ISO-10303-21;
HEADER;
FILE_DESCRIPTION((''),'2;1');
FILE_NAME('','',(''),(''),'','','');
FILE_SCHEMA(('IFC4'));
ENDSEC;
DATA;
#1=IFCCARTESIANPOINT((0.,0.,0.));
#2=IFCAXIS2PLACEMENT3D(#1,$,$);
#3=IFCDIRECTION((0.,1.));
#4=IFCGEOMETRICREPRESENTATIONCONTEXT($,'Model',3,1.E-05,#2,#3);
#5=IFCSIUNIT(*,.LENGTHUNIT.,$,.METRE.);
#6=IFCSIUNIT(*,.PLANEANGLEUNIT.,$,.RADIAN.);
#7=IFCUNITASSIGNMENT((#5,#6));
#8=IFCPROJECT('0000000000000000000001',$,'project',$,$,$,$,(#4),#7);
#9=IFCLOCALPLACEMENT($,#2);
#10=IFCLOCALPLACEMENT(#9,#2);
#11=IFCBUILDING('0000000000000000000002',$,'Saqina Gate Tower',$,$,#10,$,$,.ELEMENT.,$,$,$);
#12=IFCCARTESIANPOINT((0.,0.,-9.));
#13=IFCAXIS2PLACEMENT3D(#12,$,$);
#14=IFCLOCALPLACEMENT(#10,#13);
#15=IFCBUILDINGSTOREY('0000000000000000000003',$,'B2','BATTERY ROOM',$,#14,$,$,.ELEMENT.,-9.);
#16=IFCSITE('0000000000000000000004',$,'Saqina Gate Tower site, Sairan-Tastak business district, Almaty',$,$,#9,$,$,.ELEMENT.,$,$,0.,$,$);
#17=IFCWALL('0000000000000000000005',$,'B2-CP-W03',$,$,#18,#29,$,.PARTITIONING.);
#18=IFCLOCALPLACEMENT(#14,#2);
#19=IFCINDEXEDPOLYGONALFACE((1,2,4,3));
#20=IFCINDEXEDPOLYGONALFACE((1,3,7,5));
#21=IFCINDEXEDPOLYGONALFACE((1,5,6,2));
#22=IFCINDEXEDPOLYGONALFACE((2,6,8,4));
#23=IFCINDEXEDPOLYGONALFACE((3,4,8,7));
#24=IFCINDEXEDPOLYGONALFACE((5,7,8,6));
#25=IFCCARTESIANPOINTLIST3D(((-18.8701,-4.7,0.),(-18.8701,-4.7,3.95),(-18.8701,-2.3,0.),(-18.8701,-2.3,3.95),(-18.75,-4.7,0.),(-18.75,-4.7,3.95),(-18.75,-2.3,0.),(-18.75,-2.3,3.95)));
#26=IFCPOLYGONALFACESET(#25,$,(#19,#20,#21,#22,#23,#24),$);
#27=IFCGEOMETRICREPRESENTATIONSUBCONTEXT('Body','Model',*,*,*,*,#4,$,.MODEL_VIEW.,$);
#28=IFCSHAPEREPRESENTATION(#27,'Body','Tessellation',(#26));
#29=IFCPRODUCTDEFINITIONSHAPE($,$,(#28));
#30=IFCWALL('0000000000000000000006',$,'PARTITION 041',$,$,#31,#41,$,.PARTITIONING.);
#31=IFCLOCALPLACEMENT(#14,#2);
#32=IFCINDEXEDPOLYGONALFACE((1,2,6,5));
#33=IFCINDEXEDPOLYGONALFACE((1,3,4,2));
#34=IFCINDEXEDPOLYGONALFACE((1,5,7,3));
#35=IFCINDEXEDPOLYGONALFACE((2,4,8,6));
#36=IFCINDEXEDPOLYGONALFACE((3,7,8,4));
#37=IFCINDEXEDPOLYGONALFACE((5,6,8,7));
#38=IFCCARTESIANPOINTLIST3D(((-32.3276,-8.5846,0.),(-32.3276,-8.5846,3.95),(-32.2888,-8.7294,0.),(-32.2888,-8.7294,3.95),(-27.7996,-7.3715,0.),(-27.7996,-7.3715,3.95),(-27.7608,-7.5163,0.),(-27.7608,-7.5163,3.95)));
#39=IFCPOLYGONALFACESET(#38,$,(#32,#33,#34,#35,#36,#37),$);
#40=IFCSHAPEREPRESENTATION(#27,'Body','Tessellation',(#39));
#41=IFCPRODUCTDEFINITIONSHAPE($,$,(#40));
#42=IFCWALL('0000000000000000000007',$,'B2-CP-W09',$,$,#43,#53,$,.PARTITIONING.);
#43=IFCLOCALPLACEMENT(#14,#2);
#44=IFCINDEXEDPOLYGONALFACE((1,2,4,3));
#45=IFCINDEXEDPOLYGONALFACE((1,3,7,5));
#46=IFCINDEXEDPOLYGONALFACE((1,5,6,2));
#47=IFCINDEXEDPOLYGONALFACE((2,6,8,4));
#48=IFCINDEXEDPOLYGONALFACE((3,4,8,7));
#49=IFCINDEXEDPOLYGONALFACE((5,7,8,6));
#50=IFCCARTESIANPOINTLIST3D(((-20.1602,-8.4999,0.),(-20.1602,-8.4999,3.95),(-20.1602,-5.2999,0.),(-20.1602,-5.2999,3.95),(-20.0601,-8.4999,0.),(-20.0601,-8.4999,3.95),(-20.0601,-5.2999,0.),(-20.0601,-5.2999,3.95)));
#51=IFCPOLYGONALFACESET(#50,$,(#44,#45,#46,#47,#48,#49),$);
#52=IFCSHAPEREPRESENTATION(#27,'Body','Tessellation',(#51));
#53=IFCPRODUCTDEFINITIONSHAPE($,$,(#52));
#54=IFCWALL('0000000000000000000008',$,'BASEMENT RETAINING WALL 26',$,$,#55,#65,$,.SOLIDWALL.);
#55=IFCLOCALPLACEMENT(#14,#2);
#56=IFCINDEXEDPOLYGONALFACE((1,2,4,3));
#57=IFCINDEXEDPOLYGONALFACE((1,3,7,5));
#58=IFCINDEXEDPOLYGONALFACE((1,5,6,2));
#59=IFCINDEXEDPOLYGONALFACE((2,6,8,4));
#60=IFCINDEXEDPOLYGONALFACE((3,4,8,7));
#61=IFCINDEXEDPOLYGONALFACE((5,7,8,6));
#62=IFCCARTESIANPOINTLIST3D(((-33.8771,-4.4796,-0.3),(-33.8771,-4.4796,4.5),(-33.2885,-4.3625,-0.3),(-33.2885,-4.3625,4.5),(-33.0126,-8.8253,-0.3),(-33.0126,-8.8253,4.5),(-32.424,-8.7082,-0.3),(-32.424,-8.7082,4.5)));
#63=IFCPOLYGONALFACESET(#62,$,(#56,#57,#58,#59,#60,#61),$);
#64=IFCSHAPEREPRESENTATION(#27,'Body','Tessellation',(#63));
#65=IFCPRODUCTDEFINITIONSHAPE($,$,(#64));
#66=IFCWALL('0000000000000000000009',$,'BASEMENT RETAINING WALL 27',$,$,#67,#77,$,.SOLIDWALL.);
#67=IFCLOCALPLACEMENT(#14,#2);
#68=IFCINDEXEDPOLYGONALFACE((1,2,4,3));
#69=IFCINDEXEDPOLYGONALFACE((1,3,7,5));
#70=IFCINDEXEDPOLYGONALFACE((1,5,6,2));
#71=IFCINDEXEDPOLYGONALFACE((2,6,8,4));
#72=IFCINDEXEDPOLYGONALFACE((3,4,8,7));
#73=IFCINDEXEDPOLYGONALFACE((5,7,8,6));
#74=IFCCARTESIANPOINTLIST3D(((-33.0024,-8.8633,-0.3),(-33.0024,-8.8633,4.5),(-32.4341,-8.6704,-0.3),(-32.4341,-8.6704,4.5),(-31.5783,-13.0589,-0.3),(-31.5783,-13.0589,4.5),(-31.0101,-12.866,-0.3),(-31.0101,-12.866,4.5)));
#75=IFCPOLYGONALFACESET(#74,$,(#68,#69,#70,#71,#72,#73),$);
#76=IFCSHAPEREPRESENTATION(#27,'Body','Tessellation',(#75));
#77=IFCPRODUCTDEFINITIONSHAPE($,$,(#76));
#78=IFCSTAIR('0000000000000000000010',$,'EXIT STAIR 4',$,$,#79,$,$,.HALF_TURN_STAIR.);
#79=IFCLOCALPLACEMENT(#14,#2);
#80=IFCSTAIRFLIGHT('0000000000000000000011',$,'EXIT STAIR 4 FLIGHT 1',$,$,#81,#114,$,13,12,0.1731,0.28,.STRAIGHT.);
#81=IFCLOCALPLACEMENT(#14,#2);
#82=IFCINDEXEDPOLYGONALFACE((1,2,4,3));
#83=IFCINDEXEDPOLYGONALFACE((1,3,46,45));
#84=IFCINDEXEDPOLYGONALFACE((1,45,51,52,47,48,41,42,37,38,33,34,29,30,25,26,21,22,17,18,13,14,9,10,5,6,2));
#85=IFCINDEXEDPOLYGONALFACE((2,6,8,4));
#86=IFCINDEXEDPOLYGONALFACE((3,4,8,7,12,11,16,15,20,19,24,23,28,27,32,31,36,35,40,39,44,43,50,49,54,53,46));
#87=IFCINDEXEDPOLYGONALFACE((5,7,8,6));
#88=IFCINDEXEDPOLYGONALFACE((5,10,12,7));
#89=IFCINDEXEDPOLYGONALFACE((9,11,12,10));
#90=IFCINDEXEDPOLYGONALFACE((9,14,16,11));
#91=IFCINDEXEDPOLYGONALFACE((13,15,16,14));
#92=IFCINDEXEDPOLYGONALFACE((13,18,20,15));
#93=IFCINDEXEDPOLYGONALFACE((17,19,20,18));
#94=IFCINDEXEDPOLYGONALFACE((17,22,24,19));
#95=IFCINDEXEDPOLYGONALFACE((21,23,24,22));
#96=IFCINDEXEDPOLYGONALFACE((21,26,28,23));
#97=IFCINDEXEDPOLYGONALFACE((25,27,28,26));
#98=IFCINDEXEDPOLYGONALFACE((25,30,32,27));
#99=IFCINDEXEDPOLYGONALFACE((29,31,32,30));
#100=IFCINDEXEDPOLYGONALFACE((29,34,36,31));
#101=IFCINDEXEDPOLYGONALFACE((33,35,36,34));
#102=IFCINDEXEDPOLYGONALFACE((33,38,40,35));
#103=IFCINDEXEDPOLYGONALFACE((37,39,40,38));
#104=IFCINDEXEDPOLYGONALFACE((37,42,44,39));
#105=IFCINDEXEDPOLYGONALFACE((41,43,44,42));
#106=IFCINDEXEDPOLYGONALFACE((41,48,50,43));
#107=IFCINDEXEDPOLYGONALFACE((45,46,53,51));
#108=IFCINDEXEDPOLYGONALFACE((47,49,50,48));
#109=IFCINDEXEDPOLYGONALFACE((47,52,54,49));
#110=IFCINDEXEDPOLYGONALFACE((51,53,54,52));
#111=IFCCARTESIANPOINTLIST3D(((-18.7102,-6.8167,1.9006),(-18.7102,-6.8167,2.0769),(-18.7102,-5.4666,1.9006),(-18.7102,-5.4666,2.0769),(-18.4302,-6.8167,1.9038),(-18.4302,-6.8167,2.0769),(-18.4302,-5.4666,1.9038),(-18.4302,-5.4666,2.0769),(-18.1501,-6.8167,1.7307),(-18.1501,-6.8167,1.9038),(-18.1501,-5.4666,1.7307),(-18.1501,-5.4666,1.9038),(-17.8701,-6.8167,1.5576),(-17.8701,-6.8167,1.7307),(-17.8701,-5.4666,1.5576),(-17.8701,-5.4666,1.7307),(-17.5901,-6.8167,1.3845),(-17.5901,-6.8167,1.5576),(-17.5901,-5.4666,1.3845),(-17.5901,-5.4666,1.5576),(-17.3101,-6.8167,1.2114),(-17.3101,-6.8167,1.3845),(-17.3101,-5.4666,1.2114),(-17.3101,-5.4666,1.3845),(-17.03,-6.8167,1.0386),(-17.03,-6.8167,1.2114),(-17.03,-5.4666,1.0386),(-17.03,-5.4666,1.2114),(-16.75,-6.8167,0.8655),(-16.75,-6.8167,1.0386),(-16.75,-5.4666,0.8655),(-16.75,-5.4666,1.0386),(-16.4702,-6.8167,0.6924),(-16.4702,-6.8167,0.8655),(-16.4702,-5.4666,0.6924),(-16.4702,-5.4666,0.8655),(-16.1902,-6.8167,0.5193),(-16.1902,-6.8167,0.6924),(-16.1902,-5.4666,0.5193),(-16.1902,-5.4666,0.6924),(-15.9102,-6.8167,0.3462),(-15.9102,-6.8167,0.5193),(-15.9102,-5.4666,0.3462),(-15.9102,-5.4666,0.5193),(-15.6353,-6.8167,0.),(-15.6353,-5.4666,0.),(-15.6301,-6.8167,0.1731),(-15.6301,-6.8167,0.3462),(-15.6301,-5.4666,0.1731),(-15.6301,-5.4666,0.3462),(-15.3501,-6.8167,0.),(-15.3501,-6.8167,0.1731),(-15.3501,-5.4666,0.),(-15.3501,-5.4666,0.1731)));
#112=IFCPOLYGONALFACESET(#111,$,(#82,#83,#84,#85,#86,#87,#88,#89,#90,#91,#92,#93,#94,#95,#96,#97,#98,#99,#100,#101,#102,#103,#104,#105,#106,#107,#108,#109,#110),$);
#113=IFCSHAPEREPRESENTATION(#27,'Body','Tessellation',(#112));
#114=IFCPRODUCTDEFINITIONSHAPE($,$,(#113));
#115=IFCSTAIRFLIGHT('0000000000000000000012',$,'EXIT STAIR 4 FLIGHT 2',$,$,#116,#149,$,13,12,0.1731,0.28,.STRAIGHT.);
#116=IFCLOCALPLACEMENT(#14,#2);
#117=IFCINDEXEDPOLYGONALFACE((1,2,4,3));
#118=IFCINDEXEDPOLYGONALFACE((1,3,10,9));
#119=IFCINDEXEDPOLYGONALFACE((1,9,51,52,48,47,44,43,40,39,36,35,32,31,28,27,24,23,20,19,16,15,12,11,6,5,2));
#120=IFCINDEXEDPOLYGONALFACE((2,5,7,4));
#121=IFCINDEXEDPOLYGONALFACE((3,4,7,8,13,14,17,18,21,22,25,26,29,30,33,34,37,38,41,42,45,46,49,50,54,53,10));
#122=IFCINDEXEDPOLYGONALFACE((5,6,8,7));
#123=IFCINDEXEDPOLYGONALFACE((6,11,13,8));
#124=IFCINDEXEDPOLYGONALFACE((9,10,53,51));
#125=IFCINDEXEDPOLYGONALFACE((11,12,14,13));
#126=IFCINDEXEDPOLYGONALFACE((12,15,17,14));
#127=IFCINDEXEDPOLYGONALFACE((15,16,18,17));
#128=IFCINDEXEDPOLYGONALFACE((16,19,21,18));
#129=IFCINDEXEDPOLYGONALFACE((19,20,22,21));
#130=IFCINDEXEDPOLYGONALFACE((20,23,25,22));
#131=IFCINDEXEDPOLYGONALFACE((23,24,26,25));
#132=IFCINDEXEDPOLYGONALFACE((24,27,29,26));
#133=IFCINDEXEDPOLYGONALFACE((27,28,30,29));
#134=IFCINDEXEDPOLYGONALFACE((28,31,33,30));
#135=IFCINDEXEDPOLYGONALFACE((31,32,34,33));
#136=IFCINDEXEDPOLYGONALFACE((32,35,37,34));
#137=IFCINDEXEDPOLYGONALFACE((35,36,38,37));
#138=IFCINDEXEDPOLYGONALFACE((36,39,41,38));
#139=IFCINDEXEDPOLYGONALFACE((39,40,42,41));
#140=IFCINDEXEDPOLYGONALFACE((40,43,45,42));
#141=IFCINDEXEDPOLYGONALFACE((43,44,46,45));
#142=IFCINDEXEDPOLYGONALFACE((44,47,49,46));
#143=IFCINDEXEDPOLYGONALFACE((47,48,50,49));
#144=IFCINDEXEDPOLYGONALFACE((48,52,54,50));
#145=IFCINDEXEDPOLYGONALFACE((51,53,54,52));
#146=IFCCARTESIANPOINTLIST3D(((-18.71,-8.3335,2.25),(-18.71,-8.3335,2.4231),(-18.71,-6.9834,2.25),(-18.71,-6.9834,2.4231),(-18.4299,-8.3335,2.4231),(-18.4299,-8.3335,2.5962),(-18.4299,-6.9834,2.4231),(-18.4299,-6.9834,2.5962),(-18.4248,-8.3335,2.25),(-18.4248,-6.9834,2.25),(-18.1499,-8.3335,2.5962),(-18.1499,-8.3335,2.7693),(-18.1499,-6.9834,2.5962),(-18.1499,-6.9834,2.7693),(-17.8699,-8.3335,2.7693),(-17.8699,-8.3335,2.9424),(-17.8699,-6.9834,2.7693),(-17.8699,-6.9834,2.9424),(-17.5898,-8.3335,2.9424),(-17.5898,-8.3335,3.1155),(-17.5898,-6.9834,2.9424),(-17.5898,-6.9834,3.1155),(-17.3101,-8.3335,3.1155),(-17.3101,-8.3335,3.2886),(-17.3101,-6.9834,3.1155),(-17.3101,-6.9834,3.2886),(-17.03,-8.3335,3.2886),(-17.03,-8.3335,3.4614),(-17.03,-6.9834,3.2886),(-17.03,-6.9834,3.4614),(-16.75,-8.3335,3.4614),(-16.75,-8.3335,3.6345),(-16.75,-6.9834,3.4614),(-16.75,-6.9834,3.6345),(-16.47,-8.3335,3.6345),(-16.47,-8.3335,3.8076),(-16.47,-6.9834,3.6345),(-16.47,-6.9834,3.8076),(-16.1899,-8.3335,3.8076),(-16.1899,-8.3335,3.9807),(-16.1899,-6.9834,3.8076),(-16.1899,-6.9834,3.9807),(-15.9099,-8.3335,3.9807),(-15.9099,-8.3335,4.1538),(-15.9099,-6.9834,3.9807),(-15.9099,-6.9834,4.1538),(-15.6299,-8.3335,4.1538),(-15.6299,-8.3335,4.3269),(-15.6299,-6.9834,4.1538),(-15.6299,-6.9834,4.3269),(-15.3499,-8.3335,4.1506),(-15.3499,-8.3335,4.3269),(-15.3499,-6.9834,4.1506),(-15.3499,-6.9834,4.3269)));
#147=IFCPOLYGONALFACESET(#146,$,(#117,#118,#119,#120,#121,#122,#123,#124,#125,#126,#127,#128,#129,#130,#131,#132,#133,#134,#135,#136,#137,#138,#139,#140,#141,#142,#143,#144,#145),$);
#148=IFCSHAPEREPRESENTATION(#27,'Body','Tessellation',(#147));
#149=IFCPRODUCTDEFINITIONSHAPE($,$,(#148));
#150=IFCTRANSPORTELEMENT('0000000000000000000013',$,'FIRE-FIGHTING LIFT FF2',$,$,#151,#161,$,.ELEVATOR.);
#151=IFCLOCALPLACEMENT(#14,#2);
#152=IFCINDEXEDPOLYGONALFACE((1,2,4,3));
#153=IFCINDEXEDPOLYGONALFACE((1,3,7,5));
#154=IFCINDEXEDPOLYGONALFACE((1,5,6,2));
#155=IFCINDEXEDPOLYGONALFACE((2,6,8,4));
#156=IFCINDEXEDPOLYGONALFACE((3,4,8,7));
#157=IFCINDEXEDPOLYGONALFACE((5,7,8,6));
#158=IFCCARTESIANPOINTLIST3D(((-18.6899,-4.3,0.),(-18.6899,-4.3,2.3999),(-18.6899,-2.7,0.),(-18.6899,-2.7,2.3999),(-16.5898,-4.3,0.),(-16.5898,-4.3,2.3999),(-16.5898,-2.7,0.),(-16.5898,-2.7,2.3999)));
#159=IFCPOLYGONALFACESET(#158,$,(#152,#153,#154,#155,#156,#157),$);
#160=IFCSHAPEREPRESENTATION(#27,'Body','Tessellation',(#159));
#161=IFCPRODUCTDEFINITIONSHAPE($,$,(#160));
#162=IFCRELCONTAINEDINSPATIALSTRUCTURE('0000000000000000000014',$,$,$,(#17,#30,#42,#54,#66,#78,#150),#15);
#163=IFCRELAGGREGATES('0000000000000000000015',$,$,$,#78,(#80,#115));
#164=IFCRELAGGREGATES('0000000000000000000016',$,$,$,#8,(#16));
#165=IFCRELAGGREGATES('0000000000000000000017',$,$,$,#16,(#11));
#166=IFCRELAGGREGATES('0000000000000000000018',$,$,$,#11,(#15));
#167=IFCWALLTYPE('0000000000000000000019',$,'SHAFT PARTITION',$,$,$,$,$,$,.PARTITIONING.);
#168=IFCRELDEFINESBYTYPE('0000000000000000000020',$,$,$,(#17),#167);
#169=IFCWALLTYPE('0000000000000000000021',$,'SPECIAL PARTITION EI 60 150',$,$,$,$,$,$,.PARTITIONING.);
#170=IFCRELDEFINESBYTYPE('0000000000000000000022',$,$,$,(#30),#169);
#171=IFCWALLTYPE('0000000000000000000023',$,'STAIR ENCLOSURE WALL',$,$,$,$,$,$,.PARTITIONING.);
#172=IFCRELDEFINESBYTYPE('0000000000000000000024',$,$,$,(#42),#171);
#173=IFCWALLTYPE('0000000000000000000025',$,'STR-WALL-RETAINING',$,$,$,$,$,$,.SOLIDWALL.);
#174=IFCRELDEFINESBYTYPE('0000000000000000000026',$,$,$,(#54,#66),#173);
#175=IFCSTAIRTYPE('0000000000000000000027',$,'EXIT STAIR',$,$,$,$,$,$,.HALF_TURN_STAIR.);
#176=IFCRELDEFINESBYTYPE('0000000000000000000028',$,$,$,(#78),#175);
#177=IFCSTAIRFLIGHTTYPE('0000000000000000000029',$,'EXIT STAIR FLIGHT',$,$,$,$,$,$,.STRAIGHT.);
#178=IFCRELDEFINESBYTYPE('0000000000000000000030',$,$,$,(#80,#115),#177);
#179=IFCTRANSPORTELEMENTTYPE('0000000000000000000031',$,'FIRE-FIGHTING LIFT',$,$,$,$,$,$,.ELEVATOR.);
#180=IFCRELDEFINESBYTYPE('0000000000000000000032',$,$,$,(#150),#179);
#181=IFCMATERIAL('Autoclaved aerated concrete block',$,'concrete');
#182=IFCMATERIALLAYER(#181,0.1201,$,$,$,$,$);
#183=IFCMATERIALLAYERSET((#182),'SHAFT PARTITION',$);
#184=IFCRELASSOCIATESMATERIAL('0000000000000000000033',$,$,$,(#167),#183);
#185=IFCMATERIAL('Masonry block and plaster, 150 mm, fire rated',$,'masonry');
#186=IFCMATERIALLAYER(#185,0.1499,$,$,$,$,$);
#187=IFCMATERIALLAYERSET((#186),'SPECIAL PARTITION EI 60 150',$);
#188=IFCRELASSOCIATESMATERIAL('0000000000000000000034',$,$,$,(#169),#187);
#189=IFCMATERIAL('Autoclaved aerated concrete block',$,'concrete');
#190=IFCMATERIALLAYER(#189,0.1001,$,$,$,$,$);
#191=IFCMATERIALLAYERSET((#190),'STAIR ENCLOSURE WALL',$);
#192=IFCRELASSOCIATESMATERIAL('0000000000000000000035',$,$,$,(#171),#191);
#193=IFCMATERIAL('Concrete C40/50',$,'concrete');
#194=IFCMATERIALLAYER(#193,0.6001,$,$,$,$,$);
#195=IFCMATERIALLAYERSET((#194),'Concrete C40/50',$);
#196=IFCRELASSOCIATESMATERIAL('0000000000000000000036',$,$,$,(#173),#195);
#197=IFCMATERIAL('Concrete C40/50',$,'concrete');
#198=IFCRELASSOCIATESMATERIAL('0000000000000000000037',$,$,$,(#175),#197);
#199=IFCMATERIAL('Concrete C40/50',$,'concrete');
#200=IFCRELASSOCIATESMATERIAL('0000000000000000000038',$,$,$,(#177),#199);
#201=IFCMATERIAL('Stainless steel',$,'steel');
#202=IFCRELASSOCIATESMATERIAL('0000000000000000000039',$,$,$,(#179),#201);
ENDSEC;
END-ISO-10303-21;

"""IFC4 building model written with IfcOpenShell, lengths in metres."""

from ifc_helpers import new_model, si_unit, direction, frame, frame_2d, origin, origin_2d, place, context, subcontext, project, spatial, polyline, rectangle, outline, extrude, material, layer, layer_set, type_object, element, aggregate, save


model = new_model("IFC4")

# Units and contexts
model_context = context("Model", 3, precision=1e-05, world=origin(), true_north=direction((0.0, 1.0)))
body_context = subcontext(model_context, "Body", "Model", "MODEL_VIEW")
ifc_project = project(units=[si_unit("LENGTHUNIT", "METRE"), si_unit("PLANEANGLEUNIT", "RADIAN")], contexts=[model_context])

# Site, building, storey
site_placement = place(None, origin())
site = spatial("IfcSite", under=ifc_project, at=site_placement, Name="Saqina Gate Tower site, Sairan-Tastak business district, Almaty", CompositionType="ELEMENT", RefElevation=0.0)
building_placement = place(site_placement, origin())
building = spatial("IfcBuilding", under=site, at=building_placement, Name="Saqina Gate Tower", CompositionType="ELEMENT")
storey_placement = place(building_placement, frame((0.0, 0.0, -9.0)))
storey = spatial("IfcBuildingStorey", under=building, at=storey_placement, Name="B2", Description="BATTERY ROOM", CompositionType="ELEMENT", Elevation=-9.0)

# Shared definitions
ifc_material_1 = material(Name="Autoclaved aerated concrete block", Category="concrete")
ifc_layer_1 = layer(ifc_material_1, 0.1201)
ifc_layer_set_1 = layer_set([ifc_layer_1], Name="SHAFT PARTITION")
wall_type_1 = type_object("IfcWallType", Name="SHAFT PARTITION", PredefinedType="PARTITIONING", material=ifc_layer_set_1)

# Walls
wall_1_placement = place(storey_placement, frame((-18.8101, -4.7, 0.0), z_axis=(0.0, 0.0, 1.0), x_axis=(0.0, 1.0, 0.0)))
element("IfcWall", 1, at=wall_1_placement, inside=storey, type_object=wall_type_1, Name="B2-CP-W03", PredefinedType="PARTITIONING", context=body_context, shape_type="SweptSolid", body=[
    extrude(rectangle(XDim=2.3999, YDim=0.1201, at=frame_2d((1.2, 0.0))), origin(), (0.0, 0.0, 1.0), 3.95),
])
ifc_material_2 = material(Name="Masonry block and plaster, 150 mm, fire rated", Category="masonry")
ifc_layer_2 = layer(ifc_material_2, 0.1499)
ifc_layer_set_2 = layer_set([ifc_layer_2], Name="SPECIAL PARTITION EI 60 150")
wall_type_2 = type_object("IfcWallType", Name="SPECIAL PARTITION EI 60 150", PredefinedType="PARTITIONING", material=ifc_layer_set_2)
wall_2_placement = place(storey_placement, frame((-32.3081, -8.657, 0.0), z_axis=(0.0, 0.0, 1.0), x_axis=(0.965934, 0.258787, 0.0)))
element("IfcWall", 2, at=wall_2_placement, inside=storey, type_object=wall_type_2, Name="PARTITION 041", PredefinedType="PARTITIONING", context=body_context, shape_type="SweptSolid", body=[
    extrude(rectangle(XDim=4.6877, YDim=0.1499, at=frame_2d((2.3438, 0.0))), origin(), (0.0, 0.0, 1.0), 3.95),
])
ifc_material_3 = material(Name="Autoclaved aerated concrete block", Category="concrete")
ifc_layer_3 = layer(ifc_material_3, 0.1001)
ifc_layer_set_3 = layer_set([ifc_layer_3], Name="STAIR ENCLOSURE WALL")
wall_type_3 = type_object("IfcWallType", Name="STAIR ENCLOSURE WALL", PredefinedType="PARTITIONING", material=ifc_layer_set_3)
wall_3_placement = place(storey_placement, frame((-20.1101, -8.5, 0.0), z_axis=(0.0, 0.0, 1.0), x_axis=(0.0, 1.0, 0.0)))
element("IfcWall", 3, at=wall_3_placement, inside=storey, type_object=wall_type_3, Name="B2-CP-W09", PredefinedType="PARTITIONING", context=body_context, shape_type="SweptSolid", body=[
    extrude(rectangle(XDim=3.2, YDim=0.1001, at=frame_2d((1.6001, 0.0))), origin(), (0.0, 0.0, 1.0), 3.95),
])
ifc_material_4 = material(Name="Concrete C40/50", Category="concrete")
ifc_layer_4 = layer(ifc_material_4, 0.6001)
ifc_layer_set_4 = layer_set([ifc_layer_4], Name="Concrete C40/50")
wall_type_4 = type_object("IfcWallType", Name="STR-WALL-RETAINING", PredefinedType="SOLIDWALL", material=ifc_layer_set_4)
wall_4_placement = place(storey_placement, frame((-33.5828, -4.4211, -0.3), z_axis=(0.0, 0.0, 1.0), x_axis=(0.195109, -0.980781, 0.0)))
element("IfcWall", 4, at=wall_4_placement, inside=storey, type_object=wall_type_4, Name="BASEMENT RETAINING WALL 26", PredefinedType="SOLIDWALL", context=body_context, shape_type="SweptSolid", body=[
    extrude(rectangle(XDim=4.4309, YDim=0.6001, at=frame_2d((2.2153, 0.0))), origin(), (0.0, 0.0, 1.0), 4.8),
])
wall_5_placement = place(storey_placement, frame((-32.7183, -8.7668, -0.3), z_axis=(0.0, 0.0, 1.0), x_axis=(0.321414, -0.946939, 0.0)))
element("IfcWall", 5, at=wall_5_placement, inside=storey, type_object=wall_type_4, Name="BASEMENT RETAINING WALL 27", PredefinedType="SOLIDWALL", context=body_context, shape_type="SweptSolid", body=[
    extrude(rectangle(XDim=4.4307, YDim=0.6001, at=frame_2d((2.2153, 0.0))), origin(), (0.0, 0.0, 1.0), 4.8),
])

# Stair, stair flights
ifc_material_5 = material(Name="Concrete C40/50", Category="concrete")
stair_type = type_object("IfcStairType", Name="EXIT STAIR", PredefinedType="HALF_TURN_STAIR", material=ifc_material_5)
stair_placement = place(storey_placement, origin())
stair = element("IfcStair", 6, at=stair_placement, inside=storey, type_object=stair_type, Name="EXIT STAIR 4", PredefinedType="HALF_TURN_STAIR")
ifc_material_6 = material(Name="Concrete C40/50", Category="concrete")
stair_flight_type = type_object("IfcStairFlightType", Name="EXIT STAIR FLIGHT", PredefinedType="STRAIGHT", material=ifc_material_6)
stair_flight_1_placement = place(storey_placement, frame((-15.3501, -6.1416, 0.0), z_axis=(0.0, 0.0, 1.0), x_axis=(-1.0, 0.0, 0.0)))
stair_flight_1 = element("IfcStairFlight", 7, at=stair_flight_1_placement, type_object=stair_flight_type, Name="EXIT STAIR 4 FLIGHT 1", NumberOfRisers=13, NumberOfTreads=12, PredefinedType="STRAIGHT", RiserHeight=0.1731, TreadLength=0.28, context=body_context, shape_type="SweptSolid", body=[
    extrude(outline(polyline([(0.0, 0.0), (0.0, 0.1731), (0.28, 0.1731), (0.28, 0.3462), (0.5601, 0.3462), (0.5601, 0.5193), (0.8401, 0.5193), (0.8401, 0.6924), (1.1201, 0.6924), (1.1201, 0.8655), (1.3999, 0.8655), (1.3999, 1.0386), (1.6799, 1.0386), (1.6799, 1.2114), (1.96, 1.2114), (1.96, 1.3845), (2.24, 1.3845), (2.24, 1.5576), (2.52, 1.5576), (2.52, 1.7307), (2.8, 1.7307), (2.8, 1.9038), (3.0801, 1.9038), (3.0801, 2.0769), (3.3601, 2.0769), (3.3601, 2.25), (3.3601, 1.9006), (0.2852, 0.0), (0.0, 0.0)])), frame((0.0, 0.675, 0.0), z_axis=(0.0, -1.0, 0.0), x_axis=(1.0, 0.0, 0.0)), (0.0, 0.0, 1.0), 1.3501),
])
stair_flight_2_placement = place(storey_placement, frame((-18.71, -7.6584, 2.25), z_axis=(0.0, 0.0, 1.0), x_axis=(1.0, 0.0, 0.0)))
stair_flight_2 = element("IfcStairFlight", 8, at=stair_flight_2_placement, type_object=stair_flight_type, Name="EXIT STAIR 4 FLIGHT 2", NumberOfRisers=13, NumberOfTreads=12, PredefinedType="STRAIGHT", RiserHeight=0.1731, TreadLength=0.28, context=body_context, shape_type="SweptSolid", body=[
    extrude(outline(polyline([(0.0, 0.0), (0.0, 0.1731), (0.28, 0.1731), (0.28, 0.3462), (0.5601, 0.3462), (0.5601, 0.5193), (0.8401, 0.5193), (0.8401, 0.6924), (1.1201, 0.6924), (1.1201, 0.8655), (1.3999, 0.8655), (1.3999, 1.0386), (1.6799, 1.0386), (1.6799, 1.2114), (1.96, 1.2114), (1.96, 1.3845), (2.24, 1.3845), (2.24, 1.5576), (2.52, 1.5576), (2.52, 1.7307), (2.8, 1.7307), (2.8, 1.9038), (3.0801, 1.9038), (3.0801, 2.0769), (3.3601, 2.0769), (3.3601, 2.25), (3.3601, 1.9006), (0.2852, 0.0), (0.0, 0.0)])), frame((0.0, 0.675, 0.0), z_axis=(0.0, -1.0, 0.0), x_axis=(1.0, 0.0, 0.0)), (0.0, 0.0, 1.0), 1.3501),
])
aggregate(stair, [stair_flight_1, stair_flight_2])

# Transport element
ifc_material_7 = material(Name="Stainless steel", Category="steel")
transport_element_type = type_object("IfcTransportElementType", Name="FIRE-FIGHTING LIFT", PredefinedType="ELEVATOR", material=ifc_material_7)
transport_element_placement = place(storey_placement, frame((-17.6399, -3.5, 0.0), z_axis=(0.0, 0.0, 1.0), x_axis=(1.0, 0.0, 0.0)))
element("IfcTransportElement", 9, at=transport_element_placement, inside=storey, type_object=transport_element_type, Name="FIRE-FIGHTING LIFT FF2", PredefinedType="ELEVATOR", context=body_context, shape_type="SweptSolid", body=[
    extrude(rectangle(XDim=2.1001, YDim=1.6001, at=origin_2d()), origin(), (0.0, 0.0, 1.0), 2.3999),
])

save(model, "model.ifc")
